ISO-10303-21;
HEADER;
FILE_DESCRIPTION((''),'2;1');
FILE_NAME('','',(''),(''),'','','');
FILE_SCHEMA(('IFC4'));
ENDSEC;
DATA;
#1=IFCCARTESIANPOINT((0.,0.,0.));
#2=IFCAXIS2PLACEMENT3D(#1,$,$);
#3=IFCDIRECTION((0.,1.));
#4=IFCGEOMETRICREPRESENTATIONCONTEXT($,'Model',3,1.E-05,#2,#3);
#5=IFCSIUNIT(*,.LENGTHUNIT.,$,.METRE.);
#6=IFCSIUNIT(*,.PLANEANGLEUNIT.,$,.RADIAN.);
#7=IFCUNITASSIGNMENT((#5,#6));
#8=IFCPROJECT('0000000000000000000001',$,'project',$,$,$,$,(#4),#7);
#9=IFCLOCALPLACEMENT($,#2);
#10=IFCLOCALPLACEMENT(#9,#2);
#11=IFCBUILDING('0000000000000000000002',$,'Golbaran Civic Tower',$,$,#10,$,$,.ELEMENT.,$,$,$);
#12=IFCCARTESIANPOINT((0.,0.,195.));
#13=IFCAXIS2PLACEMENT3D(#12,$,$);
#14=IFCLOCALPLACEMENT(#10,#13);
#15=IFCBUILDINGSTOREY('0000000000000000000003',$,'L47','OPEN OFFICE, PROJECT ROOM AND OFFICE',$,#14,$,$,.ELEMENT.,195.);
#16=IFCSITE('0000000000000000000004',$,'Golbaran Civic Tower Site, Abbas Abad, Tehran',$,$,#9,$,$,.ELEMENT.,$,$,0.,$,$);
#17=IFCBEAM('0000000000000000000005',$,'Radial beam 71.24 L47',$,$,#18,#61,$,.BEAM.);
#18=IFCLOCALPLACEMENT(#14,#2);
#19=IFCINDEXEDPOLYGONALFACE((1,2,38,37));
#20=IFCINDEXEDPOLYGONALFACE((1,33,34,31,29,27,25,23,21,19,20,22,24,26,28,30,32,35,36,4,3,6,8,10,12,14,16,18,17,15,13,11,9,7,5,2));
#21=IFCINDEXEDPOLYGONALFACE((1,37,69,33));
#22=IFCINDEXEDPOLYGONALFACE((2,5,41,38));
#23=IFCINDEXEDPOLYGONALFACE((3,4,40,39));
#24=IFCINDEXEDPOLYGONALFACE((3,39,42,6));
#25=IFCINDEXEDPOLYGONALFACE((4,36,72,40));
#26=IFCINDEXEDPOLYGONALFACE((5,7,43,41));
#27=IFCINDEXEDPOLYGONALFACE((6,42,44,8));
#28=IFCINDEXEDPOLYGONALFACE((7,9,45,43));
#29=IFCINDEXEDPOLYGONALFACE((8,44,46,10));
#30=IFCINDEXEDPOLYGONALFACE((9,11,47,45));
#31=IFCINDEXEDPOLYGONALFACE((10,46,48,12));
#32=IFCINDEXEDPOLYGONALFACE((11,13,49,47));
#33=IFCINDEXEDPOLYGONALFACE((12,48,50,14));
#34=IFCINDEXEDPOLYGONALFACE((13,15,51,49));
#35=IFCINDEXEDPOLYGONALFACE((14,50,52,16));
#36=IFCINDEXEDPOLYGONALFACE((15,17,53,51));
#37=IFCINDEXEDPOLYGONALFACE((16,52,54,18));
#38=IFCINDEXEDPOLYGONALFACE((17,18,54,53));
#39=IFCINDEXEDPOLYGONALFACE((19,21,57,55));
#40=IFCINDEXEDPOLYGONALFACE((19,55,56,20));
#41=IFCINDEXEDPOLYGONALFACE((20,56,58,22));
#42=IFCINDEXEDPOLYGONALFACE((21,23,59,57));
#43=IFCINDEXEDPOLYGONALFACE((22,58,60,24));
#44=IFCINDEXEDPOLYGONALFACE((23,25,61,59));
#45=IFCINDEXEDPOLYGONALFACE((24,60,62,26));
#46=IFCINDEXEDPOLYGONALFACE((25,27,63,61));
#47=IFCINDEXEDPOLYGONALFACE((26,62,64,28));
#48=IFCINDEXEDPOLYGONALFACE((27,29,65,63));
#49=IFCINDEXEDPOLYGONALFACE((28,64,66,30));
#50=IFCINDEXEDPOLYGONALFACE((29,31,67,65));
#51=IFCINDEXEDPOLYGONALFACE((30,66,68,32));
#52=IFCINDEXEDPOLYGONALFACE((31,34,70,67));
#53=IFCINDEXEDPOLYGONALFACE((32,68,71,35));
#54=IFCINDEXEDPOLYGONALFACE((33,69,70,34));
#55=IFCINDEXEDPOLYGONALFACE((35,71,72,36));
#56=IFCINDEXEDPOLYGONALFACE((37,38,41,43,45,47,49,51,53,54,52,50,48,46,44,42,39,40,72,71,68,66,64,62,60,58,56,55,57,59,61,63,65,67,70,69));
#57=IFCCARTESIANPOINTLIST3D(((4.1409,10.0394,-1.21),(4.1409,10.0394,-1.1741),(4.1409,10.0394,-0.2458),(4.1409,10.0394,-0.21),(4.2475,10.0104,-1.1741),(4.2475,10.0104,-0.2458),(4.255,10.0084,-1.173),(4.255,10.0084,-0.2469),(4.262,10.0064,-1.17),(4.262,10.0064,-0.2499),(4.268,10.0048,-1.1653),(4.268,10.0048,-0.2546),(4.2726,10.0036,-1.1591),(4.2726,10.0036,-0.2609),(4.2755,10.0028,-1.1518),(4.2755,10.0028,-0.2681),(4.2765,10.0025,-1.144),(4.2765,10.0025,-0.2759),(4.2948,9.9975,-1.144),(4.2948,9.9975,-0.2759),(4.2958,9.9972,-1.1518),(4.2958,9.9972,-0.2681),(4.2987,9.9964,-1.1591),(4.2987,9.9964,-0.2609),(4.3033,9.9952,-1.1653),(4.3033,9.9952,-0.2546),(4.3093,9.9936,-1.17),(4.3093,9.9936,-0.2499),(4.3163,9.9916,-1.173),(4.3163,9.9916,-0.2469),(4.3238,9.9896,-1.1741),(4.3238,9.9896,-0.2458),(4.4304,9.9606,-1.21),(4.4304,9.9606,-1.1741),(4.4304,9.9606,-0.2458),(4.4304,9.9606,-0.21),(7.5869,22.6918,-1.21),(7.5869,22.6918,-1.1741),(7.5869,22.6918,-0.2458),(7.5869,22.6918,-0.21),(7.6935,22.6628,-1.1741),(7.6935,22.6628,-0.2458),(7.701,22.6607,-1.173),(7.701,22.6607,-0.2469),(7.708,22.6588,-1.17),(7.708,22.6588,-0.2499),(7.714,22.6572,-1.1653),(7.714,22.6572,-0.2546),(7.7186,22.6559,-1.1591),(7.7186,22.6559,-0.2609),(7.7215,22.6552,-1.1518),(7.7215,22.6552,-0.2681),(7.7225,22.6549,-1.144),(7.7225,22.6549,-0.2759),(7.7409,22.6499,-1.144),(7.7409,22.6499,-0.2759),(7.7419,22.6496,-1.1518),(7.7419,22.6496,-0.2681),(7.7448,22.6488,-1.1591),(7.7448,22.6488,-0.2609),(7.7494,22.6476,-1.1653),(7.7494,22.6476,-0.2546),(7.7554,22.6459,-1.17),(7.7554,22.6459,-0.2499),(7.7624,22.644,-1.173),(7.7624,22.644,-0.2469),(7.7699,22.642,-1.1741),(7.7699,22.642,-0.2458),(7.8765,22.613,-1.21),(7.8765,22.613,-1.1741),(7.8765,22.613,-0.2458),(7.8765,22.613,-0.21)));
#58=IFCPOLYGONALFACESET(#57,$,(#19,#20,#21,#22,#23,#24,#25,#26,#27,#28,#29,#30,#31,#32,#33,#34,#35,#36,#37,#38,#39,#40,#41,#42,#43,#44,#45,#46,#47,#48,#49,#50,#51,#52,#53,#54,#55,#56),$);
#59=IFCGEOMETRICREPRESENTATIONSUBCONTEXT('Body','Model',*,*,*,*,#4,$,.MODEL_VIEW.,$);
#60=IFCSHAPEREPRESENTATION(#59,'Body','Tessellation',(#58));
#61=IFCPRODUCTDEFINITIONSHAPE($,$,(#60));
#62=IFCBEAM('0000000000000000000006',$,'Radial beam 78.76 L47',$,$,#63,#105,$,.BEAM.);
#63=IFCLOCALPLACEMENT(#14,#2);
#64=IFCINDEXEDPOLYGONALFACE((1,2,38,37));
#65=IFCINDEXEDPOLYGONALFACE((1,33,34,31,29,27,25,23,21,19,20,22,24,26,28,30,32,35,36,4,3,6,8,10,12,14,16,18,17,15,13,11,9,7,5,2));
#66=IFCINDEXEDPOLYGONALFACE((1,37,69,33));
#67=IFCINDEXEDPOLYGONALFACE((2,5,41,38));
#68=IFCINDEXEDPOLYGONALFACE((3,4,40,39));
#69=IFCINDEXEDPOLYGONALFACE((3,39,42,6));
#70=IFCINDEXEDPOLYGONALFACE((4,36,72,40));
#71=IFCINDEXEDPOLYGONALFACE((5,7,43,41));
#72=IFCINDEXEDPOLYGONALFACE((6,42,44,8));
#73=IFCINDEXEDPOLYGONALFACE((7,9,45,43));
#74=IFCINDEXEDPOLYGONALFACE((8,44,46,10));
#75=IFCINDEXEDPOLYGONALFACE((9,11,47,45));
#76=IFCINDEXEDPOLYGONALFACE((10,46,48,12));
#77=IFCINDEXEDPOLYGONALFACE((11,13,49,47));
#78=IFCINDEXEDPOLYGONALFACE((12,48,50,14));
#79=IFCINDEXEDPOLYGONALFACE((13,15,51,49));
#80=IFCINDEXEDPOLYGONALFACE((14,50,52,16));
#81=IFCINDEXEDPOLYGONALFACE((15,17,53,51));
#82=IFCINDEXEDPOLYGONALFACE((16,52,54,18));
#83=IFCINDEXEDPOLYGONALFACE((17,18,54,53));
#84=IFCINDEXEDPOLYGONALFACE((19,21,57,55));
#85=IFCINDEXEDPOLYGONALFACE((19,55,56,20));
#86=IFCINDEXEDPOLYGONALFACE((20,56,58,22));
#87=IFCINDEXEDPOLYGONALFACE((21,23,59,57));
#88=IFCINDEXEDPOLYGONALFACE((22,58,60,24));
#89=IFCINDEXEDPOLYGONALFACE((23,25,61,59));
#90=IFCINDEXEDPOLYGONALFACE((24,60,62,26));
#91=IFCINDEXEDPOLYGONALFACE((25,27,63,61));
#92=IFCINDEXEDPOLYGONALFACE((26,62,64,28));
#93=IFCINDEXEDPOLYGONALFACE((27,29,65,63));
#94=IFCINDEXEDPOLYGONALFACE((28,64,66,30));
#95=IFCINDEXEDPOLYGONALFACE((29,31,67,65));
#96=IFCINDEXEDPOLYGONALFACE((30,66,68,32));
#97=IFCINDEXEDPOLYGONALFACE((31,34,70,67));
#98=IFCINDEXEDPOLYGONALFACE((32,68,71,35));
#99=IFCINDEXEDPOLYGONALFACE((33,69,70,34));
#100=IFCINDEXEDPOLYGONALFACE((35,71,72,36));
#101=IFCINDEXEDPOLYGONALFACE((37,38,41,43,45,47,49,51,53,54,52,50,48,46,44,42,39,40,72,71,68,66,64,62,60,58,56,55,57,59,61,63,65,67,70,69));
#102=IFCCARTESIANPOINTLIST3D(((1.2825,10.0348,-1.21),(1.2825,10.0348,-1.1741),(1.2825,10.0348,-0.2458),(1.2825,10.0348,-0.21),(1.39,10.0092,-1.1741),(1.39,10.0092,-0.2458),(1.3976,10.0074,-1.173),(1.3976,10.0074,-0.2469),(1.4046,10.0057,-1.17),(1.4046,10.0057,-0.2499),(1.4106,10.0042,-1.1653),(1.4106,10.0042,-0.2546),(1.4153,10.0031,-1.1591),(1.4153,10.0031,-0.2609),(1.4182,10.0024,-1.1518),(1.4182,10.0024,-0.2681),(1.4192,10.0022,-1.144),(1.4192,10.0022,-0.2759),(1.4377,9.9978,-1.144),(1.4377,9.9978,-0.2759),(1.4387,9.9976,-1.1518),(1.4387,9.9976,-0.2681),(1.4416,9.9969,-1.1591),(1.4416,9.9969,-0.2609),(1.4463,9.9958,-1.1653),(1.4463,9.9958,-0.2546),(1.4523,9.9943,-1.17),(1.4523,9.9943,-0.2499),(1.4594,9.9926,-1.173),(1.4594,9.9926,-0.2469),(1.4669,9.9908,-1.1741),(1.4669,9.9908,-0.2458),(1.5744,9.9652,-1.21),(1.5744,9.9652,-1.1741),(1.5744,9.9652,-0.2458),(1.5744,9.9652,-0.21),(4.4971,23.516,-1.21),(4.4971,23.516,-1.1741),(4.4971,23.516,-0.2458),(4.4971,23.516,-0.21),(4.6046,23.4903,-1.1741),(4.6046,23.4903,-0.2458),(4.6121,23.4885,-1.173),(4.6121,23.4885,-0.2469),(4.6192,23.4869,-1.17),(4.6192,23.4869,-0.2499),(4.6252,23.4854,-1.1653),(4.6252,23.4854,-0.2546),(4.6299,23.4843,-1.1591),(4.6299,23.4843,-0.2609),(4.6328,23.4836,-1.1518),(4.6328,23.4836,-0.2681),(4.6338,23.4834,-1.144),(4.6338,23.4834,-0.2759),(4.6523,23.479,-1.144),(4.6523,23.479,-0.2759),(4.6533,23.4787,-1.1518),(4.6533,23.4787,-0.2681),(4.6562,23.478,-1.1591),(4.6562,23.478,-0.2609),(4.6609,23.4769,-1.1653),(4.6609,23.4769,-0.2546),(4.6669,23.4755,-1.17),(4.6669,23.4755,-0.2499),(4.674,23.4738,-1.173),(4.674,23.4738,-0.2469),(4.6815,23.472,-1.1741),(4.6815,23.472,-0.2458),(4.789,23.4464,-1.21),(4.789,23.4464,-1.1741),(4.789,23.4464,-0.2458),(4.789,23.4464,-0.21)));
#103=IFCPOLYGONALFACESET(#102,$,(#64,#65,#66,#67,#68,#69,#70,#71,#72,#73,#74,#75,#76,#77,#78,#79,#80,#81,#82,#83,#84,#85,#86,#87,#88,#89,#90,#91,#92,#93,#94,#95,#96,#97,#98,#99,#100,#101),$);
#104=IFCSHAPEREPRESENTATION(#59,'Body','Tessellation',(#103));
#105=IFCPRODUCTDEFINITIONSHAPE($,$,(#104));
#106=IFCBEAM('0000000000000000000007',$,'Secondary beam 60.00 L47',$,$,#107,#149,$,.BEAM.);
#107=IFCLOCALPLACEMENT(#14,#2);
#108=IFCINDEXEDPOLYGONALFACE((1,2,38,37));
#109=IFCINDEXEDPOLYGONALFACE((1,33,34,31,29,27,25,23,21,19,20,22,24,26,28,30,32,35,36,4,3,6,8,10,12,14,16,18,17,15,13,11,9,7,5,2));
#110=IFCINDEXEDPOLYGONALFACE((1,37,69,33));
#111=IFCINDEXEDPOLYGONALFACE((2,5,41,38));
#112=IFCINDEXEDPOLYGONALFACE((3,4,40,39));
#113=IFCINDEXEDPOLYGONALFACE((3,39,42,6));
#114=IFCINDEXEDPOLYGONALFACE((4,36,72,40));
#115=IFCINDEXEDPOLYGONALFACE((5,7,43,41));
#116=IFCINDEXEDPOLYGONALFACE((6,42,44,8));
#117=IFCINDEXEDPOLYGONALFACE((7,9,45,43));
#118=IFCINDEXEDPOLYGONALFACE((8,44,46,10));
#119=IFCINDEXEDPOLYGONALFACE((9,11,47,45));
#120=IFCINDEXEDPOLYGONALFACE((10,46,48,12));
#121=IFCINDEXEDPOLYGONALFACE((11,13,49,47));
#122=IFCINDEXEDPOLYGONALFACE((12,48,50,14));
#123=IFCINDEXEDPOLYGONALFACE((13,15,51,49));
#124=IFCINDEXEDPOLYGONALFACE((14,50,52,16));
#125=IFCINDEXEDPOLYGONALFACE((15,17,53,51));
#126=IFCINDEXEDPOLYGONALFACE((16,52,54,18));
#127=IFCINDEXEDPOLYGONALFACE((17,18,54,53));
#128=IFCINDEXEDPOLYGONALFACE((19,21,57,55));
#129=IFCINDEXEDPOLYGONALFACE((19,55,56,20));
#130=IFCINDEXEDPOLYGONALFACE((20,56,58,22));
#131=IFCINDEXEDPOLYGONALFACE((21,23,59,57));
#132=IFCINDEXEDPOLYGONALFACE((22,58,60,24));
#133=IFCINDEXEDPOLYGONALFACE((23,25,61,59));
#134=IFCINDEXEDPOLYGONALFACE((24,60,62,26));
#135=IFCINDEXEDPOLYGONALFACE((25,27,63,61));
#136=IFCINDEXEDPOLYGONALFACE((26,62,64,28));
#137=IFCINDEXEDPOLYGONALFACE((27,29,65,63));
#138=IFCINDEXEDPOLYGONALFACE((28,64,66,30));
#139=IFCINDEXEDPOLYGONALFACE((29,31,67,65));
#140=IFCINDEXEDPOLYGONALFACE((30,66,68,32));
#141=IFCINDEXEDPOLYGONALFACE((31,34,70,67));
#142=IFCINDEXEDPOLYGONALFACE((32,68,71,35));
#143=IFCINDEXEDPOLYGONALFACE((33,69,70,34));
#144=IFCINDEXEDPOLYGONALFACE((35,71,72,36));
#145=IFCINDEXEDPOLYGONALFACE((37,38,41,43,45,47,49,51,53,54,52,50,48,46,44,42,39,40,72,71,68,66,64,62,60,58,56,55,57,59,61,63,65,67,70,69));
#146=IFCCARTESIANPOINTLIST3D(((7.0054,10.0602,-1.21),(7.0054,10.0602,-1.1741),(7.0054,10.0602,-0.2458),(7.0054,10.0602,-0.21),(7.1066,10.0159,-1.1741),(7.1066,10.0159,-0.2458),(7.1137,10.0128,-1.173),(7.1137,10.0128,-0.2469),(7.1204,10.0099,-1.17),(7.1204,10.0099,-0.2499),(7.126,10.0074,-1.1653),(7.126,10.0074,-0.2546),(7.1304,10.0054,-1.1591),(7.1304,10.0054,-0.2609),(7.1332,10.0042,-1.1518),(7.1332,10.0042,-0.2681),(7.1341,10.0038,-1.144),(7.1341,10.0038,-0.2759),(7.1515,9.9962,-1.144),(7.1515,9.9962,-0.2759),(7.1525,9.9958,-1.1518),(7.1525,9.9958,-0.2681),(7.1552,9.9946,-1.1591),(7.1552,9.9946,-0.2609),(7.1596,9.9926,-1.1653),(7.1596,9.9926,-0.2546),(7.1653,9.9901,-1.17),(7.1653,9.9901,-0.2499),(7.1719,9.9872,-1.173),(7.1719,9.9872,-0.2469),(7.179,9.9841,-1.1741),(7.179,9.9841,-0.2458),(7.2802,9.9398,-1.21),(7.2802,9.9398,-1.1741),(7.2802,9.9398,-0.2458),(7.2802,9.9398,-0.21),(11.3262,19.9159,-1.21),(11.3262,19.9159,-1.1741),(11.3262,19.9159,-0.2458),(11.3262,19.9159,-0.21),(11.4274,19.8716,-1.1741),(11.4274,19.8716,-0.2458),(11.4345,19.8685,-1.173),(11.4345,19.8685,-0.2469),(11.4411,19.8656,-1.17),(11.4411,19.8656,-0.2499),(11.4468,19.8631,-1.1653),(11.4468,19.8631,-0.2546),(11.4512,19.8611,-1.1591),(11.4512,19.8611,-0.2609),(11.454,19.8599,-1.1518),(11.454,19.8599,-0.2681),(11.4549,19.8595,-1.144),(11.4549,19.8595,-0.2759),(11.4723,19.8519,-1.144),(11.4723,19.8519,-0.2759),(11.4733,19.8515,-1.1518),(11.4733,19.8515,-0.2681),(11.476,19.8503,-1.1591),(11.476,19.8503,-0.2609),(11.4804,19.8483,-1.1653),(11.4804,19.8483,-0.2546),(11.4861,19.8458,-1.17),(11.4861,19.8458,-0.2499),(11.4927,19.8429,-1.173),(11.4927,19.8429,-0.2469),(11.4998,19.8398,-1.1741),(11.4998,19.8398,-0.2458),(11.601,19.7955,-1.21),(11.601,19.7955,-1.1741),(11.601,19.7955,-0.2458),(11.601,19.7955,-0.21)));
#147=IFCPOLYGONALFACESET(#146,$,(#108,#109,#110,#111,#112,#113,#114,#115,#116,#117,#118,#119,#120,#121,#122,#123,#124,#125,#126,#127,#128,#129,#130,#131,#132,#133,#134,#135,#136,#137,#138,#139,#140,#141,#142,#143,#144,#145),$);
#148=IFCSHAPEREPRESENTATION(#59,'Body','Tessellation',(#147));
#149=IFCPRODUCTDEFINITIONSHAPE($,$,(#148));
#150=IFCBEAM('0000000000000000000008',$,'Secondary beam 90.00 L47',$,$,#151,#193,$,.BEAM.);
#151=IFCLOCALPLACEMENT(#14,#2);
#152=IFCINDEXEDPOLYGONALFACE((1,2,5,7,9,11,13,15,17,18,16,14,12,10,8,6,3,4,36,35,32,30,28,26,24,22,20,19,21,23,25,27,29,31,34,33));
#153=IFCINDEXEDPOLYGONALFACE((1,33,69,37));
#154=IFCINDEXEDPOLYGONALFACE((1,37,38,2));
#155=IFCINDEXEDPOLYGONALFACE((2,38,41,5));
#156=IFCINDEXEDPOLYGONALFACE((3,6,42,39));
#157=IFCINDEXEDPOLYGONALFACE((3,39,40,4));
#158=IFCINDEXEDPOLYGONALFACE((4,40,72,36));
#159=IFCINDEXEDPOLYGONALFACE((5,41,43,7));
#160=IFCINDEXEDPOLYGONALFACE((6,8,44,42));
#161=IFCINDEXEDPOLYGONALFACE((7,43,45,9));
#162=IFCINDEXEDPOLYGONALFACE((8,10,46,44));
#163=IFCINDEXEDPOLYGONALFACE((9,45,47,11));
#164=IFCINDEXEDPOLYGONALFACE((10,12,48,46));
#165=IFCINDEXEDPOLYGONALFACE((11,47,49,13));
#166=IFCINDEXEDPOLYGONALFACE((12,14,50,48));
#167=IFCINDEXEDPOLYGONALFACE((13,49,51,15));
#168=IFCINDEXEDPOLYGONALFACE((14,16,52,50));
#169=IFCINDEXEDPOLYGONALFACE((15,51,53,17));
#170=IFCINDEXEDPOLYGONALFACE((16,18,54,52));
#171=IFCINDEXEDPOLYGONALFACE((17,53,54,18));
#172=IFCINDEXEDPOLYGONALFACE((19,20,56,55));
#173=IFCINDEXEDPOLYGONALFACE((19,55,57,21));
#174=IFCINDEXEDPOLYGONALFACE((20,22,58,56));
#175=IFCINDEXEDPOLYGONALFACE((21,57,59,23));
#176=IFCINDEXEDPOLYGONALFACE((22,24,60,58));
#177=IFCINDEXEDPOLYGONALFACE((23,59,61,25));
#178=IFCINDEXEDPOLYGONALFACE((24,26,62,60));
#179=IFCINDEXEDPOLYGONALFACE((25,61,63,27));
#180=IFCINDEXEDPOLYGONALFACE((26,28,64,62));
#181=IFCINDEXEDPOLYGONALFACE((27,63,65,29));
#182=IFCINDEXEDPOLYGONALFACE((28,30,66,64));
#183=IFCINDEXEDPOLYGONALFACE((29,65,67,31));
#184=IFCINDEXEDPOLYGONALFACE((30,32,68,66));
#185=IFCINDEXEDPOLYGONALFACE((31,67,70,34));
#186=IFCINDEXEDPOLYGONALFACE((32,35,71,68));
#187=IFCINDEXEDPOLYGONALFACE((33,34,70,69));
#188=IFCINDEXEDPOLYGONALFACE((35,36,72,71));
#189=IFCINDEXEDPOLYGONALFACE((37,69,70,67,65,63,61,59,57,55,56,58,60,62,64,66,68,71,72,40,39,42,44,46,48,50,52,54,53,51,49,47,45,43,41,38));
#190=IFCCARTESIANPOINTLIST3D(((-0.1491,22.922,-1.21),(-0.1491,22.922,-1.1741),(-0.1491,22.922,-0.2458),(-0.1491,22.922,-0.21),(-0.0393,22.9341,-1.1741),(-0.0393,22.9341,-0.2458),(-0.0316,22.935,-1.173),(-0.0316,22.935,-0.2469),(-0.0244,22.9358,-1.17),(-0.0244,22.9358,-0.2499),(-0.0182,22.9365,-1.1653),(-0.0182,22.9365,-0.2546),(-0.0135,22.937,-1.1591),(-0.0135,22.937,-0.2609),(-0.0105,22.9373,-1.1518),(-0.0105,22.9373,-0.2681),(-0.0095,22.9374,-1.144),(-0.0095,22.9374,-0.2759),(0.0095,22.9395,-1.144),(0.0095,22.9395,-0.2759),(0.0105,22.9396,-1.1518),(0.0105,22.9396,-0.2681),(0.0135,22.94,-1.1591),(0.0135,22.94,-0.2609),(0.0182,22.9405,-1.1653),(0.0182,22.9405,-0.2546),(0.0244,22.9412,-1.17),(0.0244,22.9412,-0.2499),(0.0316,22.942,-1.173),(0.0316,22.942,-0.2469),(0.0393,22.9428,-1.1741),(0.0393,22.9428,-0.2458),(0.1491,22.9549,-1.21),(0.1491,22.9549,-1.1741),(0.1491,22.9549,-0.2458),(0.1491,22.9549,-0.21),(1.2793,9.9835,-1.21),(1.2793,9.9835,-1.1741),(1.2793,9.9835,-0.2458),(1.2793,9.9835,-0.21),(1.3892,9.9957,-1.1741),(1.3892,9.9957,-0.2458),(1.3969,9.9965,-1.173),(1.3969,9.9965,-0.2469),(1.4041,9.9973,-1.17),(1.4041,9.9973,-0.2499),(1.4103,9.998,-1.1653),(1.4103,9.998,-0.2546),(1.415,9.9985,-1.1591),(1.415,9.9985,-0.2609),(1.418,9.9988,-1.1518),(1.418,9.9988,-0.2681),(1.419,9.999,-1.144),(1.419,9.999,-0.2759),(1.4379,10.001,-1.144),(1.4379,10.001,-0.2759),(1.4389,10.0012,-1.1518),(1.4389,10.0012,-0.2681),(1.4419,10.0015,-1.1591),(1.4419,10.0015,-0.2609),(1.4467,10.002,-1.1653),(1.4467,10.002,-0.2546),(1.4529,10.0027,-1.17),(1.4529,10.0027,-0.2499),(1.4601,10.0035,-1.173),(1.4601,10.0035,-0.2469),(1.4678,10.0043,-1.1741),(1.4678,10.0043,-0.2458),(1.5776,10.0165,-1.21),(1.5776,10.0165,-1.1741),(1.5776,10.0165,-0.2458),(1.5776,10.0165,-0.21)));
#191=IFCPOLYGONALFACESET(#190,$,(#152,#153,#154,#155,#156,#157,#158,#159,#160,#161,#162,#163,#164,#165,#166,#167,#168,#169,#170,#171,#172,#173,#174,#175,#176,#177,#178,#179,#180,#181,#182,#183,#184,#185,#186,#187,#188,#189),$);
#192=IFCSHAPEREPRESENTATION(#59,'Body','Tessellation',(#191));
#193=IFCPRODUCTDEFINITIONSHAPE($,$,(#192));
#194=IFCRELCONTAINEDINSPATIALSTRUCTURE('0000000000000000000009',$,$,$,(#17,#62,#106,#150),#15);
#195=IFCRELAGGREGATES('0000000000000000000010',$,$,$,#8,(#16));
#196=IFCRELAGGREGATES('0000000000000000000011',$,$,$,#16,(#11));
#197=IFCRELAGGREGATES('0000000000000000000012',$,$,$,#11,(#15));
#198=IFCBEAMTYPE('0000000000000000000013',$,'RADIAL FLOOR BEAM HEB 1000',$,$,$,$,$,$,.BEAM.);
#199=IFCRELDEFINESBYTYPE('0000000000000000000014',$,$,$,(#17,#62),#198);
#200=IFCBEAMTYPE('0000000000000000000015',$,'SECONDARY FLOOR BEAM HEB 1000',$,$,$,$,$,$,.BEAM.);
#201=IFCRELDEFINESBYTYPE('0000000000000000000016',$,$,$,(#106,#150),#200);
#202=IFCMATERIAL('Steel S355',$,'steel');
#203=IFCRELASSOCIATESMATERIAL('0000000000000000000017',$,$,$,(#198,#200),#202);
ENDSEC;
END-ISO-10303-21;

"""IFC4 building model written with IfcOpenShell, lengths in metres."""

from ifc_helpers import new_model, si_unit, direction, frame, origin, origin_2d, place, context, subcontext, project, spatial, i_section, extrude, material, material_profile, profile_set, type_object, element, save


model = new_model("IFC4")

# Units and contexts
model_context = context("Model", 3, precision=1e-05, world=origin(), true_north=direction((0.0, 1.0)))
body_context = subcontext(model_context, "Body", "Model", "MODEL_VIEW")
ifc_project = project(units=[si_unit("LENGTHUNIT", "METRE"), si_unit("PLANEANGLEUNIT", "RADIAN")], contexts=[model_context])

# Site, building, storey
site_placement = place(None, origin())
site = spatial("IfcSite", under=ifc_project, at=site_placement, Name="Golbaran Civic Tower Site, Abbas Abad, Tehran", CompositionType="ELEMENT", RefElevation=0.0)
building_placement = place(site_placement, origin())
building = spatial("IfcBuilding", under=site, at=building_placement, Name="Golbaran Civic Tower", CompositionType="ELEMENT")
storey_placement = place(building_placement, frame((0.0, 0.0, 195.0)))
storey = spatial("IfcBuildingStorey", under=building, at=storey_placement, Name="L47", Description="OPEN OFFICE, PROJECT ROOM AND OFFICE", CompositionType="ELEMENT", Elevation=195.0)

# Beams
ifc_material_1 = material(Name="Steel S355", Category="steel")
ifc_material_profile_1 = material_profile(ifc_material_1, i_section(OverallWidth=0.3, OverallDepth=1.0, WebThickness=0.019, FlangeThickness=0.0359, FilletRadius=0.03, at=origin_2d()), Name="HEB 1000")
ifc_profile_set_1 = profile_set([ifc_material_profile_1], Name="Steel S355")
beam_type_1 = type_object("IfcBeamType", Name="RADIAL FLOOR BEAM HEB 1000", PredefinedType="BEAM", material=ifc_profile_set_1)
beam_1_placement = place(storey_placement, frame((4.2856, 10.0, -0.71), z_axis=(0.262791, 0.964853, 0.0), x_axis=(-0.964853, 0.262791, 0.0)))
element("IfcBeam", 1, at=beam_1_placement, inside=storey, type_object=beam_type_1, Name="Radial beam 71.24 L47", PredefinedType="BEAM", context=body_context, shape_type="SweptSolid", body=[
    extrude(i_section(OverallWidth=0.3, OverallDepth=1.0, WebThickness=0.019, FlangeThickness=0.0359, FilletRadius=0.03, at=origin_2d()), origin(), (0.0, 0.0, 1.0), 13.1133),
])
beam_2_placement = place(storey_placement, frame((1.4285, 10.0, -0.71), z_axis=(0.231948, 0.972728, 0.0), x_axis=(-0.972728, 0.231948, 0.0)))
element("IfcBeam", 2, at=beam_2_placement, inside=storey, type_object=beam_type_1, Name="Radial beam 78.76 L47", PredefinedType="BEAM", context=body_context, shape_type="SweptSolid", body=[
    extrude(i_section(OverallWidth=0.3, OverallDepth=1.0, WebThickness=0.019, FlangeThickness=0.0359, FilletRadius=0.03, at=origin_2d()), origin(), (0.0, 0.0, 1.0), 13.8591),
])
ifc_material_profile_2 = material_profile(ifc_material_1, i_section(OverallWidth=0.3, OverallDepth=1.0, WebThickness=0.019, FlangeThickness=0.0359, FilletRadius=0.03, at=origin_2d()), Name="HEB 1000")
ifc_profile_set_2 = profile_set([ifc_material_profile_2], Name="Steel S355")
beam_type_2 = type_object("IfcBeamType", Name="SECONDARY FLOOR BEAM HEB 1000", PredefinedType="BEAM", material=ifc_profile_set_2)
beam_3_placement = place(storey_placement, frame((7.1428, 10.0, -0.71), z_axis=(0.401515, 0.915852, 0.0), x_axis=(-0.915852, 0.401515, 0.0)))
element("IfcBeam", 3, at=beam_3_placement, inside=storey, type_object=beam_type_2, Name="Secondary beam 60.00 L47", PredefinedType="BEAM", context=body_context, shape_type="SweptSolid", body=[
    extrude(i_section(OverallWidth=0.3, OverallDepth=1.0, WebThickness=0.019, FlangeThickness=0.0359, FilletRadius=0.03, at=origin_2d()), origin(), (0.0, 0.0, 1.0), 10.7612),
])
beam_4_placement = place(storey_placement, frame((1.4285, 10.0, -0.71), z_axis=(-0.109738, 0.993961, 0.0), x_axis=(-0.993961, -0.109738, 0.0)))
element("IfcBeam", 4, at=beam_4_placement, inside=storey, type_object=beam_type_2, Name="Secondary beam 90.00 L47", PredefinedType="BEAM", context=body_context, shape_type="SweptSolid", body=[
    extrude(i_section(OverallWidth=0.3, OverallDepth=1.0, WebThickness=0.019, FlangeThickness=0.0359, FilletRadius=0.03, at=origin_2d()), origin(), (0.0, 0.0, 1.0), 13.0171),
])

save(model, "model.ifc")
